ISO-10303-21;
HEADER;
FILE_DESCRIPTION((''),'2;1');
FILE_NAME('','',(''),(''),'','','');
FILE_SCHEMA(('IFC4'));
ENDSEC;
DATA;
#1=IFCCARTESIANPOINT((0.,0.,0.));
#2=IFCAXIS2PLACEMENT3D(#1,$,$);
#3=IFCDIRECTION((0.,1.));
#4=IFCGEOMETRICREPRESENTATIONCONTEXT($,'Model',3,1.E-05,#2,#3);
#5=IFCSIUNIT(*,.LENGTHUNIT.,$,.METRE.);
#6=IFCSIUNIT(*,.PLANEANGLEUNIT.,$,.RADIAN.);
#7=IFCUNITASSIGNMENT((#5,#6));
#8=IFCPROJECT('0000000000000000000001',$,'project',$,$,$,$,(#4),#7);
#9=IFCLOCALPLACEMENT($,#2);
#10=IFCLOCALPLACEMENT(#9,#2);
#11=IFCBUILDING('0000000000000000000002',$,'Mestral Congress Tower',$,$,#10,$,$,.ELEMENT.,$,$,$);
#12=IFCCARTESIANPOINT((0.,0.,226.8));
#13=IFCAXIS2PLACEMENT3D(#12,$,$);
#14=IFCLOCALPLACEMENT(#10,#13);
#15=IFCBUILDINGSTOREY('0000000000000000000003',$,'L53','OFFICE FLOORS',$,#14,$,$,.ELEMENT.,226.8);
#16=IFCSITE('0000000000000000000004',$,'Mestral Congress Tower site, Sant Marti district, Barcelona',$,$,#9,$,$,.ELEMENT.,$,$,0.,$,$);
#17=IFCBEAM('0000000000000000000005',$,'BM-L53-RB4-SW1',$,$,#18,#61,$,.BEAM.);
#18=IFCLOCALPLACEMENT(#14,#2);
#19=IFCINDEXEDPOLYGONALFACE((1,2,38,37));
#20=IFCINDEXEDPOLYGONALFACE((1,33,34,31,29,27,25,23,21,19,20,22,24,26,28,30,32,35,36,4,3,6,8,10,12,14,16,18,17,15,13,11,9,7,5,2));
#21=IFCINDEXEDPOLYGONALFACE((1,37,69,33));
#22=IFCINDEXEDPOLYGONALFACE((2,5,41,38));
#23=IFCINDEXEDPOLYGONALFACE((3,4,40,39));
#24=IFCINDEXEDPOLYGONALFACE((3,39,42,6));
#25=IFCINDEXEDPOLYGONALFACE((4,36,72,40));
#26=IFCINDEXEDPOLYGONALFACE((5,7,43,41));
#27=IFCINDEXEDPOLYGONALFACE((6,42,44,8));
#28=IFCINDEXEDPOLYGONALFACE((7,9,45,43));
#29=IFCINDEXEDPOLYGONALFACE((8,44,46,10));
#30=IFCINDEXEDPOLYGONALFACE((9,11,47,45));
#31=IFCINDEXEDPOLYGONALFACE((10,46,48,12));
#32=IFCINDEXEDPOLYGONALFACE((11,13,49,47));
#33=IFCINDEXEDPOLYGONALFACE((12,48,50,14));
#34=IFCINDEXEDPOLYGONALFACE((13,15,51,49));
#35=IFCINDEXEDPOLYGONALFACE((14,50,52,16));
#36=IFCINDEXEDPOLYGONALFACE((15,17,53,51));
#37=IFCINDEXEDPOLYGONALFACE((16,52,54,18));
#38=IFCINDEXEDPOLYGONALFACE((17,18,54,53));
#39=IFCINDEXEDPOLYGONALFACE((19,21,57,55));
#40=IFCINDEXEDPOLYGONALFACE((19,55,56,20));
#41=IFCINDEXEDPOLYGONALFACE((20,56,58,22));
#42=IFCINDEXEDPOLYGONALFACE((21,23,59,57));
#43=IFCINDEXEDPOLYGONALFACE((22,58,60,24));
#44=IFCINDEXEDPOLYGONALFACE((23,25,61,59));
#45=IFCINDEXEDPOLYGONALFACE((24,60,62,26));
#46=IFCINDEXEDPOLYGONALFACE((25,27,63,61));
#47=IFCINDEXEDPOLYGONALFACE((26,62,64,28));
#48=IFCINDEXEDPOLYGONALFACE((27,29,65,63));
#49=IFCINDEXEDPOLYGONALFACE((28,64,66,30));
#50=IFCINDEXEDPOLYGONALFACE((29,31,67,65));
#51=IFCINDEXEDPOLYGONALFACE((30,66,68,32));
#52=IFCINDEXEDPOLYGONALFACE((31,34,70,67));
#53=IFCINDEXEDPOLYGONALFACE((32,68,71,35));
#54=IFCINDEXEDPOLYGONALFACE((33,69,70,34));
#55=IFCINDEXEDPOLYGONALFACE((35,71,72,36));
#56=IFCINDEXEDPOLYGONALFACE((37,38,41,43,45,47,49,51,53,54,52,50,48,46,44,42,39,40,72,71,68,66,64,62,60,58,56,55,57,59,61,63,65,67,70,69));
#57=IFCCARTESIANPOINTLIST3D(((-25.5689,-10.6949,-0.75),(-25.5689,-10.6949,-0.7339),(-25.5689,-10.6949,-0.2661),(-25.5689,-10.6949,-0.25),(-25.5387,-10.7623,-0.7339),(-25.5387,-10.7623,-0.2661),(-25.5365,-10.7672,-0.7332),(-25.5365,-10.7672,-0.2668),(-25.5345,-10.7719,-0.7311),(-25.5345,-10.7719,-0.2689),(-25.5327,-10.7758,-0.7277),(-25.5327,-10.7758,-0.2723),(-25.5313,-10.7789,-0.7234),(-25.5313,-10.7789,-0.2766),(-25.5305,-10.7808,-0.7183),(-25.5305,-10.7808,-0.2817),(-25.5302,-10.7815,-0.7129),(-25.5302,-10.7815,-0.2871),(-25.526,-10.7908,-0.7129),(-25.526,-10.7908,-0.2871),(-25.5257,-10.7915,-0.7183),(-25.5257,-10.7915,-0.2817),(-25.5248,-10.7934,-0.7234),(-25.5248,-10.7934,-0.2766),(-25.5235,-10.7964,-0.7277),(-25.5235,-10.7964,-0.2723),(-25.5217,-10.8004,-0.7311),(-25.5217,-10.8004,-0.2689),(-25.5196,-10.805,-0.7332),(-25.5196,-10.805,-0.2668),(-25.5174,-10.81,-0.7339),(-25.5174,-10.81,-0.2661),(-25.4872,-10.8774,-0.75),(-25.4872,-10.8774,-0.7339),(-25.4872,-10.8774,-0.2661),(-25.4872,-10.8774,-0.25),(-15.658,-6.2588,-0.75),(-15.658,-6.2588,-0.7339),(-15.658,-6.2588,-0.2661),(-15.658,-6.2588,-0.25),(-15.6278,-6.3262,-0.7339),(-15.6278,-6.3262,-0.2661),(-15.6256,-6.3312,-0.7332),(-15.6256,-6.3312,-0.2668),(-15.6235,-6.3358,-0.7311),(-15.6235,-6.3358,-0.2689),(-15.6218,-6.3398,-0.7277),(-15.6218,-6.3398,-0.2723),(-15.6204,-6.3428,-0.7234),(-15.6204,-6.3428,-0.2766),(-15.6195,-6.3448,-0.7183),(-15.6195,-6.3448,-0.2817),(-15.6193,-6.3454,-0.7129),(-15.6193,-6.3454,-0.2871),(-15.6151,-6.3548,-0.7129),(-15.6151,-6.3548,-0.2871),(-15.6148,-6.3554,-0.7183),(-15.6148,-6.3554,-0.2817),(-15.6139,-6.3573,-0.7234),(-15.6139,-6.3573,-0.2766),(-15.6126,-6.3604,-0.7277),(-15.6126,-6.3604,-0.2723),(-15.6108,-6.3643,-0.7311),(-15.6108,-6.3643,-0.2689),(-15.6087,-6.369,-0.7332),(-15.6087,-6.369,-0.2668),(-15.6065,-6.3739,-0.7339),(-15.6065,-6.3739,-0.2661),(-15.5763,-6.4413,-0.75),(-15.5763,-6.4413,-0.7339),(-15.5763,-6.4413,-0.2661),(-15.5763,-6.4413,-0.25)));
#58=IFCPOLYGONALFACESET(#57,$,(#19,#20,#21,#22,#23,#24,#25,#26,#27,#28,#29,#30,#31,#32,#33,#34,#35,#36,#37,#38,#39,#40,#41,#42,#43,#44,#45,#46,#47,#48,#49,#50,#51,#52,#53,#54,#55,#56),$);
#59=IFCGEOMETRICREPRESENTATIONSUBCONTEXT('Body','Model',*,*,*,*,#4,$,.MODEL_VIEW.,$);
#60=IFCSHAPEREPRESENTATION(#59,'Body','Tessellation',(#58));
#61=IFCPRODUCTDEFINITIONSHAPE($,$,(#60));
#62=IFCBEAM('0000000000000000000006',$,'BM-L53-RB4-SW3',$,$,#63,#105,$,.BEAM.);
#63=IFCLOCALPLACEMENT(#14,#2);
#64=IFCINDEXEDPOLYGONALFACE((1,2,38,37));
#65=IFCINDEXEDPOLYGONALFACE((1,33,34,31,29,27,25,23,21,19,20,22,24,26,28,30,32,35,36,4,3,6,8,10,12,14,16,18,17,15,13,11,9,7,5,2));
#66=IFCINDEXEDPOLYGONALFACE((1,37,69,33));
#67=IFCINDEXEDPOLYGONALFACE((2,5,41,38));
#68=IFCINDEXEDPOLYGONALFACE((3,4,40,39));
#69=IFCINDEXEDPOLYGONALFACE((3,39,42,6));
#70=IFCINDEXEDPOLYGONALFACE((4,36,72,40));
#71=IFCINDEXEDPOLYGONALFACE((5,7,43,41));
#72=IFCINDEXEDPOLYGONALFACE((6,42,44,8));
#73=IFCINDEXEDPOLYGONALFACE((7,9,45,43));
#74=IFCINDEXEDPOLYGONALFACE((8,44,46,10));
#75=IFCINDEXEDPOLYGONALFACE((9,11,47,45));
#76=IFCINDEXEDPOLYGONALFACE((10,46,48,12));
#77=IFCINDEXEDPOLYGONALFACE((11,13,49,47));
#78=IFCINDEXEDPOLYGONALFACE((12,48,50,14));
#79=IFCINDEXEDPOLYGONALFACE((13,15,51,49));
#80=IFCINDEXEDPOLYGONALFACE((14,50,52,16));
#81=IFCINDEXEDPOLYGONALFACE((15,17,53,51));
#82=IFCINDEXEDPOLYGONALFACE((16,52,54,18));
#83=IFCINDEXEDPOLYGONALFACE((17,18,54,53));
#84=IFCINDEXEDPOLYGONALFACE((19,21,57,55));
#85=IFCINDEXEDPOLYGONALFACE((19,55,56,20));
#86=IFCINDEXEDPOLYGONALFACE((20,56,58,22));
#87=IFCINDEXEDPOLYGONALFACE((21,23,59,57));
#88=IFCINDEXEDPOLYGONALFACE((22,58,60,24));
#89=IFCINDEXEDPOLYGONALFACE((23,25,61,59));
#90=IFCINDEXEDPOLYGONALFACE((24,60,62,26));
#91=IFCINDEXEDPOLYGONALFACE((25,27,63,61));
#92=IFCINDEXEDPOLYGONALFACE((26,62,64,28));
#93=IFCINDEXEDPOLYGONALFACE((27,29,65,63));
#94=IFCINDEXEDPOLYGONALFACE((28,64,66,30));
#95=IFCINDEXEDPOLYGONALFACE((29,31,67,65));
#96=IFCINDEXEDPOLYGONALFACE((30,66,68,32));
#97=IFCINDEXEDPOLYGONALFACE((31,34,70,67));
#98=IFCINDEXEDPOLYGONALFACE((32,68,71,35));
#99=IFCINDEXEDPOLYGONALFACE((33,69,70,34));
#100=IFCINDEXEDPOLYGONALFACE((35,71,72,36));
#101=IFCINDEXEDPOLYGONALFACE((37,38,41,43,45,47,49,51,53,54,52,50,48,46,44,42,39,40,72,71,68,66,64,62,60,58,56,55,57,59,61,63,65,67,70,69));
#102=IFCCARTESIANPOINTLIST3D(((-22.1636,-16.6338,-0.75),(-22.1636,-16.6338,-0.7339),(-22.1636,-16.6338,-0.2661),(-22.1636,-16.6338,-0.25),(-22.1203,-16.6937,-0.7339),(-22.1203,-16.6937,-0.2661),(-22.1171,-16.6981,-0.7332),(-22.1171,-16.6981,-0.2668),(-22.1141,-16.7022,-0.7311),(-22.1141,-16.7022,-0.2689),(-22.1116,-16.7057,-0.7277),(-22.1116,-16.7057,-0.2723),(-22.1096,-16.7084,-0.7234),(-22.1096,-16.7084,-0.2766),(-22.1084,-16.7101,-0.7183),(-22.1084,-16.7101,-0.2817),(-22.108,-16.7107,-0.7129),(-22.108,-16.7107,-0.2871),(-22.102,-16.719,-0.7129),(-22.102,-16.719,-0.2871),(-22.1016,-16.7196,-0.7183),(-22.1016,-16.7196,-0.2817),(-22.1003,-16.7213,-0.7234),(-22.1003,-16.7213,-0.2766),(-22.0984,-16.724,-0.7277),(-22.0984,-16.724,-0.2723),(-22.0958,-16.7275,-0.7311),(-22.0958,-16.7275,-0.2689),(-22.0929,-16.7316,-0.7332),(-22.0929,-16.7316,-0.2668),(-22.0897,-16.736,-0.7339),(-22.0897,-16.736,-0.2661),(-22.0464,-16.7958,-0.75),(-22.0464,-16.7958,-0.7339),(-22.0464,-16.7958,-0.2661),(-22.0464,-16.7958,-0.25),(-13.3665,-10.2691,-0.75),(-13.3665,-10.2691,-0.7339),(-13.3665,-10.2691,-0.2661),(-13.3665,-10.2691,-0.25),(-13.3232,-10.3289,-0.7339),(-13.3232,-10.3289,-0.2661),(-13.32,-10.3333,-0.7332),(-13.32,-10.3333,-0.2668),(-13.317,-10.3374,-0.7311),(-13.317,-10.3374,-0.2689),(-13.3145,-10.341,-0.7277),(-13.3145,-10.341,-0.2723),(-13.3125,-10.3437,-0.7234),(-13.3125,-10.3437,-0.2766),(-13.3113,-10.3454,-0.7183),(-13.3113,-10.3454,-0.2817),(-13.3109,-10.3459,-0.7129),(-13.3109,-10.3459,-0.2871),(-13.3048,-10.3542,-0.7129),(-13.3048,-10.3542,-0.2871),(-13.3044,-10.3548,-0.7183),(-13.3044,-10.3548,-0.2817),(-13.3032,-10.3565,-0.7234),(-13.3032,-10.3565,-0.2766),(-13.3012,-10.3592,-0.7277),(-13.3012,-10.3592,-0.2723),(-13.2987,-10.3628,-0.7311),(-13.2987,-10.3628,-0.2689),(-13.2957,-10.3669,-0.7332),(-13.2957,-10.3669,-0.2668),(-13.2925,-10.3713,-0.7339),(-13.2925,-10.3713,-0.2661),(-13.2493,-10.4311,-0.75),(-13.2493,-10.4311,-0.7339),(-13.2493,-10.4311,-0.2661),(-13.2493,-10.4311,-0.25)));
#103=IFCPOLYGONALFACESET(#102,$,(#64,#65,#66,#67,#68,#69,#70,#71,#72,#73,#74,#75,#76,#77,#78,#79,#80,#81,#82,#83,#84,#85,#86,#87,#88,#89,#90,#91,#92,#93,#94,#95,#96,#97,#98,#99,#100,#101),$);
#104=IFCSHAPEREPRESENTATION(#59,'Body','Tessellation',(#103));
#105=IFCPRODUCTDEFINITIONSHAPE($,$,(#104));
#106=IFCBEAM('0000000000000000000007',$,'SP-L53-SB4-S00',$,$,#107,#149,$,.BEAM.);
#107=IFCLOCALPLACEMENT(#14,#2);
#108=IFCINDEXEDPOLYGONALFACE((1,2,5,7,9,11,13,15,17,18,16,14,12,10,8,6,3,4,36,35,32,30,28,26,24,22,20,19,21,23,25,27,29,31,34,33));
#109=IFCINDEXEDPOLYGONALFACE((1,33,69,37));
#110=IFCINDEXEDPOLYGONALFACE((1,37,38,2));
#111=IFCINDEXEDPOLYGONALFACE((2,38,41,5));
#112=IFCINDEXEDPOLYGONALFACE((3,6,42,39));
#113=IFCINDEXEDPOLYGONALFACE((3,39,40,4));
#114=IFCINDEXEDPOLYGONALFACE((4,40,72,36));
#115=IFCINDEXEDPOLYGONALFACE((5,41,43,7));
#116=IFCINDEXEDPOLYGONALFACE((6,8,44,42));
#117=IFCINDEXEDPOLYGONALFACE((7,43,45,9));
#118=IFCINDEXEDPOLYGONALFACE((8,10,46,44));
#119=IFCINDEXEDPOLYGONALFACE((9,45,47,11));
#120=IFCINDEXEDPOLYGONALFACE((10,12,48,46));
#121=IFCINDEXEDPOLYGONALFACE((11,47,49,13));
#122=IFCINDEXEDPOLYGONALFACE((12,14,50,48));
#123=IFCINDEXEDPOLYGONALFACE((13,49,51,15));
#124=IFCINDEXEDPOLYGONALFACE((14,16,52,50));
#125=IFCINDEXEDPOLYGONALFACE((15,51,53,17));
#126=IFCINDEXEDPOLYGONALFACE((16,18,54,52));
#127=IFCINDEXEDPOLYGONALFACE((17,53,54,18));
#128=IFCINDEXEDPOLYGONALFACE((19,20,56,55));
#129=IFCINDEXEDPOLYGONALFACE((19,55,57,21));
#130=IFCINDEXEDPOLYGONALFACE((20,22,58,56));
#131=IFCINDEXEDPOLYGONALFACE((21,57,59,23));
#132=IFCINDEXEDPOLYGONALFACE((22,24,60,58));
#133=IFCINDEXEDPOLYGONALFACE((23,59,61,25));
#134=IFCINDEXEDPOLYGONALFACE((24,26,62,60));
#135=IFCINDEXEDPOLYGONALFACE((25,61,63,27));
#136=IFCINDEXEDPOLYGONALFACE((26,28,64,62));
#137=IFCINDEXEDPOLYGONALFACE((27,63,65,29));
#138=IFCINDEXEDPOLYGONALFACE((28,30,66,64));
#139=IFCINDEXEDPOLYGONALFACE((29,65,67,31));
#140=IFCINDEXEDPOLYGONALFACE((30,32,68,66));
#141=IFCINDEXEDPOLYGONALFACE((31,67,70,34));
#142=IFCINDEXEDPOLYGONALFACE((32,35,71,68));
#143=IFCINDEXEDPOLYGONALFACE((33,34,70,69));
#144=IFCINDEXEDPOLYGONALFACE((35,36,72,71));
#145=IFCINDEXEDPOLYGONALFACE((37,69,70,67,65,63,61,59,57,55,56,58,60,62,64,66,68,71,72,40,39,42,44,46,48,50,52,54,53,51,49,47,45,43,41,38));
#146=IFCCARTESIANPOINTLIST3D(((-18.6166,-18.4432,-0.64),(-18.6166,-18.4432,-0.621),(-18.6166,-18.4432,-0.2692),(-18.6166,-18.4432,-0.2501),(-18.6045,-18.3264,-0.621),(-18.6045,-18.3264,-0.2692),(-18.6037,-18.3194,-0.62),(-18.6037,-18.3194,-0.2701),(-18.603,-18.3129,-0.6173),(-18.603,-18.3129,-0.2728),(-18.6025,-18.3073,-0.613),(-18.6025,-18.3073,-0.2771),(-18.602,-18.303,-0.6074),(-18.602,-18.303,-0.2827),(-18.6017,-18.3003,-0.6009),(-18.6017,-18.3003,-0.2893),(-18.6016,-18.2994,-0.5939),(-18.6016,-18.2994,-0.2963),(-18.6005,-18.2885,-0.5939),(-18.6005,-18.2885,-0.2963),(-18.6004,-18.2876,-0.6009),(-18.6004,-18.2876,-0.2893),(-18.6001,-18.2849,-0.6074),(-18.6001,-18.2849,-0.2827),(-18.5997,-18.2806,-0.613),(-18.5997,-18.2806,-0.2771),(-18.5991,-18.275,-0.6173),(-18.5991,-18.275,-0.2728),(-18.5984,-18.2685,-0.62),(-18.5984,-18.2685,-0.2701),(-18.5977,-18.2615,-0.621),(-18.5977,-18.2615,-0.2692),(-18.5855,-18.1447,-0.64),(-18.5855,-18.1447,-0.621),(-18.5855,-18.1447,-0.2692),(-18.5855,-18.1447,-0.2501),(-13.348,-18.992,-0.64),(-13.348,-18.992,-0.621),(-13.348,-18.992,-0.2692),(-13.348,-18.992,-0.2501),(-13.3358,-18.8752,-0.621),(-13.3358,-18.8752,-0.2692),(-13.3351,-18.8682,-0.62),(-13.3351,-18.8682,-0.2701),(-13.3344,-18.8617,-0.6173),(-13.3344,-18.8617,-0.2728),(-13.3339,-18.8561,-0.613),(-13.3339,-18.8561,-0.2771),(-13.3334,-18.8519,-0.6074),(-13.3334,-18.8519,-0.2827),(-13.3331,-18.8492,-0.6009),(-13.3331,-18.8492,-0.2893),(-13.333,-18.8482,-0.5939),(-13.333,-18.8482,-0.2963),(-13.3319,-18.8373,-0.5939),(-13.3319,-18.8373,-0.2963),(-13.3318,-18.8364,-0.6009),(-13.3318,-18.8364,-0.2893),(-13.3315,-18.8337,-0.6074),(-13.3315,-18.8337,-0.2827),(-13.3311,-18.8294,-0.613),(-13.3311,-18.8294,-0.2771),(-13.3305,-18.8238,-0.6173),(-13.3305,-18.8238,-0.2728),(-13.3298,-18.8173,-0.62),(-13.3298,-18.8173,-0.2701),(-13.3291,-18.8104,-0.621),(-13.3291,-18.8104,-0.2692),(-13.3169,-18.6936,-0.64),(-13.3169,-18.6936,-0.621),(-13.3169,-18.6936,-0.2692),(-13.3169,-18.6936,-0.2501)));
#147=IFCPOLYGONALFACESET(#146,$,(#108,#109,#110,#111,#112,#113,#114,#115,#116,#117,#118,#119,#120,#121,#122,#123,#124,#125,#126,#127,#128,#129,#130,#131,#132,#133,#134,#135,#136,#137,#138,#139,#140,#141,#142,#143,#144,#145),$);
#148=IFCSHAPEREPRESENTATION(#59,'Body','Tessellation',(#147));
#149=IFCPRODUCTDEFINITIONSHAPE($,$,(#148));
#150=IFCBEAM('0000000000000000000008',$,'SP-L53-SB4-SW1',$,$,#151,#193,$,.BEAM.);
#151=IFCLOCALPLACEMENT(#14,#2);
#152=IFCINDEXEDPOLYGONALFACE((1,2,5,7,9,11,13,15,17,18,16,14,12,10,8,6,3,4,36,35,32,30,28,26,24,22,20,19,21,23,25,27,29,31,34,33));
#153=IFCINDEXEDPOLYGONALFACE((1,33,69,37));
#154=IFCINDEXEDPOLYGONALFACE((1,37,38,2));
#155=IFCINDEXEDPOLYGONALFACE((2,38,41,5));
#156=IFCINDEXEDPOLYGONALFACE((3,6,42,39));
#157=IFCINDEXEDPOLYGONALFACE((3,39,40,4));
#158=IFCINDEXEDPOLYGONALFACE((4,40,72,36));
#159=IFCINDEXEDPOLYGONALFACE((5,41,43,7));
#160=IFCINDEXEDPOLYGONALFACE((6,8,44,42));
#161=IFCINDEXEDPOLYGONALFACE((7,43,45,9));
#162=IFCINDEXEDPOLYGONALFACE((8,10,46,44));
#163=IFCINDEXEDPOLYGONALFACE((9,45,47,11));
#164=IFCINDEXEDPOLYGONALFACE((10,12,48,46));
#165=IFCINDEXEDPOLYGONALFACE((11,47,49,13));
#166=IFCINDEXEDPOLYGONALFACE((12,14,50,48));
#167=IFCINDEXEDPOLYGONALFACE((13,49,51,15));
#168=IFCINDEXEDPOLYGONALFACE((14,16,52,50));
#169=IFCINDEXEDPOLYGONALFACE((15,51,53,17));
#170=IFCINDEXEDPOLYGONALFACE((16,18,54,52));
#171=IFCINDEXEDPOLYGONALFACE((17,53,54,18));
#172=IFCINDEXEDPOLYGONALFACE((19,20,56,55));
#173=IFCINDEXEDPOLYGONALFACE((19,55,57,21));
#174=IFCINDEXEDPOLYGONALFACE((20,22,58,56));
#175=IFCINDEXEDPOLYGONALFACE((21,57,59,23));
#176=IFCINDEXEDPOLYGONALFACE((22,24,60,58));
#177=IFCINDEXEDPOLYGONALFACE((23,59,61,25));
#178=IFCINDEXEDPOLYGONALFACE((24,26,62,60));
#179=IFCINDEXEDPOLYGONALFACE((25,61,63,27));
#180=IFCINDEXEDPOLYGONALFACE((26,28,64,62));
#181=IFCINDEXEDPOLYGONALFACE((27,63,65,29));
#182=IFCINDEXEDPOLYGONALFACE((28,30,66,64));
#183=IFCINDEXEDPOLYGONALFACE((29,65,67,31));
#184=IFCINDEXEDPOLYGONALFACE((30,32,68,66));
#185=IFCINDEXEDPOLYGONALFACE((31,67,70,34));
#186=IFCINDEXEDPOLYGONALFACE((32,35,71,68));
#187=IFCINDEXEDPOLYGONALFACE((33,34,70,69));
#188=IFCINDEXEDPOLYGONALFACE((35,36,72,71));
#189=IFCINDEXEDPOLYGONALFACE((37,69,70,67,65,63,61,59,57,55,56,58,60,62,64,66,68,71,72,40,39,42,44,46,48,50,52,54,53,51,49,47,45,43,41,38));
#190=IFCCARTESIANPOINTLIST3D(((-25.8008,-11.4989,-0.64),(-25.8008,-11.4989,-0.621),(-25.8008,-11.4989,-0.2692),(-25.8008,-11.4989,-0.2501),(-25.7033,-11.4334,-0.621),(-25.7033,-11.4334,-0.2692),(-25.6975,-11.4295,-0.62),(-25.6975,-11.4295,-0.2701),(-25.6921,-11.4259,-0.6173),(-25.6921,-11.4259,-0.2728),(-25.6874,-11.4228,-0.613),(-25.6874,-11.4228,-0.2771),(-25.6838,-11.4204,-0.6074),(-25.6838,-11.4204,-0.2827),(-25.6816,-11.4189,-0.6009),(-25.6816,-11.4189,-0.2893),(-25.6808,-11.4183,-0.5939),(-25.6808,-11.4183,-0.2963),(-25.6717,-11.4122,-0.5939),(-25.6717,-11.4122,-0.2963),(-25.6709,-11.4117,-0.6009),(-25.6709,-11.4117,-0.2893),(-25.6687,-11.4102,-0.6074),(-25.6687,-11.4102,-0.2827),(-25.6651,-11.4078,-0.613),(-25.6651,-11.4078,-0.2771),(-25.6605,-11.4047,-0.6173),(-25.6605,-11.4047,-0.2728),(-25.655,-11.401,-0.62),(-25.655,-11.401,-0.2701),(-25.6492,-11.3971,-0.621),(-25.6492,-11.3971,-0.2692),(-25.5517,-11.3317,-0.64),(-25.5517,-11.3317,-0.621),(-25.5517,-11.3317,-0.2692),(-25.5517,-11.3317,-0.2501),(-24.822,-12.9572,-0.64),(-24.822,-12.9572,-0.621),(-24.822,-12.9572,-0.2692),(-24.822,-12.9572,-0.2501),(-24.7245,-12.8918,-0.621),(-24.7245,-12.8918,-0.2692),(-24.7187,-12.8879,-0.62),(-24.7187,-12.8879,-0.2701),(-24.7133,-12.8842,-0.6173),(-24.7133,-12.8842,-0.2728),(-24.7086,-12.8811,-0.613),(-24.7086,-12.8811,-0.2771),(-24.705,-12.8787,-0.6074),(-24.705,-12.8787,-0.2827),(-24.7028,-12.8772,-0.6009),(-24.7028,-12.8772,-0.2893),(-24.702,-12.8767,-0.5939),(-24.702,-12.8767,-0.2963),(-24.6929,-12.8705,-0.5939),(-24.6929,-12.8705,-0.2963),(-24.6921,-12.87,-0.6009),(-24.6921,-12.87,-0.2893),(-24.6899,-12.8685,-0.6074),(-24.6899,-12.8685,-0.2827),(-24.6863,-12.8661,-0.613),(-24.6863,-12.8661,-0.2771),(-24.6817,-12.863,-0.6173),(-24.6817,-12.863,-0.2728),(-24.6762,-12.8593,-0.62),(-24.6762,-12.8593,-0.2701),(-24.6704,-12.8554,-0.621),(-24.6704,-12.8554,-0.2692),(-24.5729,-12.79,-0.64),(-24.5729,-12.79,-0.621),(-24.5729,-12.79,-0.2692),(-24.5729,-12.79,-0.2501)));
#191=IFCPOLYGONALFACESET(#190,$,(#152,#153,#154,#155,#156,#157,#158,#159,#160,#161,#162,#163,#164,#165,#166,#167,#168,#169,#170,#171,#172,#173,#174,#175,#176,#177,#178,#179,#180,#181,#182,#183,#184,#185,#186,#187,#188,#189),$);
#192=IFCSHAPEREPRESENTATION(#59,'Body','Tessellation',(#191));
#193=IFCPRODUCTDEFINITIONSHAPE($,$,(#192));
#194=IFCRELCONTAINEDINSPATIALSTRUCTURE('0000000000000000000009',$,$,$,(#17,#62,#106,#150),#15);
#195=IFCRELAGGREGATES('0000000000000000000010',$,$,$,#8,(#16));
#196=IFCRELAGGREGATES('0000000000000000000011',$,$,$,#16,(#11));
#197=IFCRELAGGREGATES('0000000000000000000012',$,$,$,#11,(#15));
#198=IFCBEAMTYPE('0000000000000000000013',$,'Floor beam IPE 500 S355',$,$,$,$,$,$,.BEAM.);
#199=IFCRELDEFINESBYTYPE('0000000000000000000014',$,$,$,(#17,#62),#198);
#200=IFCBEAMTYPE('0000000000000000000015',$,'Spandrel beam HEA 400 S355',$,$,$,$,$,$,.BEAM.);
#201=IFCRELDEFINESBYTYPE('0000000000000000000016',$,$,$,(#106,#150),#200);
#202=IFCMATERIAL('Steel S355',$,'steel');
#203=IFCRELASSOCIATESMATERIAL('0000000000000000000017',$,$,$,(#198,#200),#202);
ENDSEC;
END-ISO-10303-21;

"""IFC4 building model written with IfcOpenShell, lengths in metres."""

from ifc_helpers import new_model, si_unit, direction, frame, origin, origin_2d, place, context, subcontext, project, spatial, i_section, extrude, material, material_profile, profile_set, type_object, element, save


model = new_model("IFC4")

# Units and contexts
model_context = context("Model", 3, precision=1e-05, world=origin(), true_north=direction((0.0, 1.0)))
body_context = subcontext(model_context, "Body", "Model", "MODEL_VIEW")
ifc_project = project(units=[si_unit("LENGTHUNIT", "METRE"), si_unit("PLANEANGLEUNIT", "RADIAN")], contexts=[model_context])

# Site, building, storey
site_placement = place(None, origin())
site = spatial("IfcSite", under=ifc_project, at=site_placement, Name="Mestral Congress Tower site, Sant Marti district, Barcelona", CompositionType="ELEMENT", RefElevation=0.0)
building_placement = place(site_placement, origin())
building = spatial("IfcBuilding", under=site, at=building_placement, Name="Mestral Congress Tower", CompositionType="ELEMENT")
storey_placement = place(building_placement, frame((0.0, 0.0, 226.8)))
storey = spatial("IfcBuildingStorey", under=building, at=storey_placement, Name="L53", Description="OFFICE FLOORS", CompositionType="ELEMENT", Elevation=226.8)

# Beams
ifc_material_1 = material(Name="Steel S355", Category="steel")
ifc_material_profile_1 = material_profile(ifc_material_1, i_section(OverallWidth=0.2, OverallDepth=0.5, WebThickness=0.0103, FlangeThickness=0.0161, FilletRadius=0.021, at=origin_2d()), Name="IPE 500")
ifc_profile_set_1 = profile_set([ifc_material_profile_1], Name="Steel S355")
beam_type_1 = type_object("IfcBeamType", Name="Floor beam IPE 500 S355", PredefinedType="BEAM", material=ifc_profile_set_1)
beam_1_placement = place(storey_placement, frame((-25.5281, -10.7861, -0.5), z_axis=(0.912742, 0.408536, 0.0), x_axis=(-0.408536, 0.912742, 0.0)))
element("IfcBeam", 1, at=beam_1_placement, inside=storey, type_object=beam_type_1, Name="BM-L53-RB4-SW1", PredefinedType="BEAM", context=body_context, shape_type="SweptSolid", body=[
    extrude(i_section(OverallWidth=0.2, OverallDepth=0.5, WebThickness=0.0103, FlangeThickness=0.0161, FilletRadius=0.021, at=origin_2d()), origin(), (0.0, 0.0, 1.0), 10.8584),
])
beam_2_placement = place(storey_placement, frame((-22.105, -16.7148, -0.5), z_axis=(0.810186, 0.586173, 0.0), x_axis=(-0.586173, 0.810186, 0.0)))
element("IfcBeam", 2, at=beam_2_placement, inside=storey, type_object=beam_type_1, Name="BM-L53-RB4-SW3", PredefinedType="BEAM", context=body_context, shape_type="SweptSolid", body=[
    extrude(i_section(OverallWidth=0.2, OverallDepth=0.5, WebThickness=0.0103, FlangeThickness=0.0161, FilletRadius=0.021, at=origin_2d()), origin(), (0.0, 0.0, 1.0), 10.8582),
])
ifc_material_profile_2 = material_profile(ifc_material_1, i_section(OverallWidth=0.3, OverallDepth=0.3899, WebThickness=0.011, FlangeThickness=0.019, FilletRadius=0.0271, at=origin_2d()), Name="HEA 400")
ifc_profile_set_2 = profile_set([ifc_material_profile_2], Name="Steel S355")
beam_type_2 = type_object("IfcBeamType", Name="Spandrel beam HEA 400 S355", PredefinedType="BEAM", material=ifc_profile_set_2)
beam_3_placement = place(storey_placement, frame((-18.6011, -18.2939, -0.4451), z_axis=(0.994618, -0.10361, 0.0), x_axis=(0.10361, 0.994618, 0.0)))
element("IfcBeam", 3, at=beam_3_placement, inside=storey, type_object=beam_type_2, Name="SP-L53-SB4-S00", PredefinedType="BEAM", context=body_context, shape_type="SweptSolid", body=[
    extrude(i_section(OverallWidth=0.3, OverallDepth=0.3899, WebThickness=0.011, FlangeThickness=0.019, FilletRadius=0.0271, at=origin_2d()), origin(), (0.0, 0.0, 1.0), 5.2971),
])
for number, where, z_axis, x_axis, name in (
    (4, (-25.6763, -11.4153, -0.4451), (0.557296, -0.830314, 0.0), (0.830314, 0.557296, 0.0), "SP-L53-SB4-SW1"),
):
    element("IfcBeam", number, at=place(storey_placement, frame(where, z_axis=z_axis, x_axis=x_axis)), inside=storey, type_object=beam_type_2, Name=name, PredefinedType="BEAM", context=body_context, shape_type="SweptSolid", body=[
        extrude(i_section(OverallWidth=0.3, OverallDepth=0.3899, WebThickness=0.011, FlangeThickness=0.019, FilletRadius=0.0271, at=origin_2d()), origin(), (0.0, 0.0, 1.0), 1.7563),
    ])

save(model, "model.ifc")
